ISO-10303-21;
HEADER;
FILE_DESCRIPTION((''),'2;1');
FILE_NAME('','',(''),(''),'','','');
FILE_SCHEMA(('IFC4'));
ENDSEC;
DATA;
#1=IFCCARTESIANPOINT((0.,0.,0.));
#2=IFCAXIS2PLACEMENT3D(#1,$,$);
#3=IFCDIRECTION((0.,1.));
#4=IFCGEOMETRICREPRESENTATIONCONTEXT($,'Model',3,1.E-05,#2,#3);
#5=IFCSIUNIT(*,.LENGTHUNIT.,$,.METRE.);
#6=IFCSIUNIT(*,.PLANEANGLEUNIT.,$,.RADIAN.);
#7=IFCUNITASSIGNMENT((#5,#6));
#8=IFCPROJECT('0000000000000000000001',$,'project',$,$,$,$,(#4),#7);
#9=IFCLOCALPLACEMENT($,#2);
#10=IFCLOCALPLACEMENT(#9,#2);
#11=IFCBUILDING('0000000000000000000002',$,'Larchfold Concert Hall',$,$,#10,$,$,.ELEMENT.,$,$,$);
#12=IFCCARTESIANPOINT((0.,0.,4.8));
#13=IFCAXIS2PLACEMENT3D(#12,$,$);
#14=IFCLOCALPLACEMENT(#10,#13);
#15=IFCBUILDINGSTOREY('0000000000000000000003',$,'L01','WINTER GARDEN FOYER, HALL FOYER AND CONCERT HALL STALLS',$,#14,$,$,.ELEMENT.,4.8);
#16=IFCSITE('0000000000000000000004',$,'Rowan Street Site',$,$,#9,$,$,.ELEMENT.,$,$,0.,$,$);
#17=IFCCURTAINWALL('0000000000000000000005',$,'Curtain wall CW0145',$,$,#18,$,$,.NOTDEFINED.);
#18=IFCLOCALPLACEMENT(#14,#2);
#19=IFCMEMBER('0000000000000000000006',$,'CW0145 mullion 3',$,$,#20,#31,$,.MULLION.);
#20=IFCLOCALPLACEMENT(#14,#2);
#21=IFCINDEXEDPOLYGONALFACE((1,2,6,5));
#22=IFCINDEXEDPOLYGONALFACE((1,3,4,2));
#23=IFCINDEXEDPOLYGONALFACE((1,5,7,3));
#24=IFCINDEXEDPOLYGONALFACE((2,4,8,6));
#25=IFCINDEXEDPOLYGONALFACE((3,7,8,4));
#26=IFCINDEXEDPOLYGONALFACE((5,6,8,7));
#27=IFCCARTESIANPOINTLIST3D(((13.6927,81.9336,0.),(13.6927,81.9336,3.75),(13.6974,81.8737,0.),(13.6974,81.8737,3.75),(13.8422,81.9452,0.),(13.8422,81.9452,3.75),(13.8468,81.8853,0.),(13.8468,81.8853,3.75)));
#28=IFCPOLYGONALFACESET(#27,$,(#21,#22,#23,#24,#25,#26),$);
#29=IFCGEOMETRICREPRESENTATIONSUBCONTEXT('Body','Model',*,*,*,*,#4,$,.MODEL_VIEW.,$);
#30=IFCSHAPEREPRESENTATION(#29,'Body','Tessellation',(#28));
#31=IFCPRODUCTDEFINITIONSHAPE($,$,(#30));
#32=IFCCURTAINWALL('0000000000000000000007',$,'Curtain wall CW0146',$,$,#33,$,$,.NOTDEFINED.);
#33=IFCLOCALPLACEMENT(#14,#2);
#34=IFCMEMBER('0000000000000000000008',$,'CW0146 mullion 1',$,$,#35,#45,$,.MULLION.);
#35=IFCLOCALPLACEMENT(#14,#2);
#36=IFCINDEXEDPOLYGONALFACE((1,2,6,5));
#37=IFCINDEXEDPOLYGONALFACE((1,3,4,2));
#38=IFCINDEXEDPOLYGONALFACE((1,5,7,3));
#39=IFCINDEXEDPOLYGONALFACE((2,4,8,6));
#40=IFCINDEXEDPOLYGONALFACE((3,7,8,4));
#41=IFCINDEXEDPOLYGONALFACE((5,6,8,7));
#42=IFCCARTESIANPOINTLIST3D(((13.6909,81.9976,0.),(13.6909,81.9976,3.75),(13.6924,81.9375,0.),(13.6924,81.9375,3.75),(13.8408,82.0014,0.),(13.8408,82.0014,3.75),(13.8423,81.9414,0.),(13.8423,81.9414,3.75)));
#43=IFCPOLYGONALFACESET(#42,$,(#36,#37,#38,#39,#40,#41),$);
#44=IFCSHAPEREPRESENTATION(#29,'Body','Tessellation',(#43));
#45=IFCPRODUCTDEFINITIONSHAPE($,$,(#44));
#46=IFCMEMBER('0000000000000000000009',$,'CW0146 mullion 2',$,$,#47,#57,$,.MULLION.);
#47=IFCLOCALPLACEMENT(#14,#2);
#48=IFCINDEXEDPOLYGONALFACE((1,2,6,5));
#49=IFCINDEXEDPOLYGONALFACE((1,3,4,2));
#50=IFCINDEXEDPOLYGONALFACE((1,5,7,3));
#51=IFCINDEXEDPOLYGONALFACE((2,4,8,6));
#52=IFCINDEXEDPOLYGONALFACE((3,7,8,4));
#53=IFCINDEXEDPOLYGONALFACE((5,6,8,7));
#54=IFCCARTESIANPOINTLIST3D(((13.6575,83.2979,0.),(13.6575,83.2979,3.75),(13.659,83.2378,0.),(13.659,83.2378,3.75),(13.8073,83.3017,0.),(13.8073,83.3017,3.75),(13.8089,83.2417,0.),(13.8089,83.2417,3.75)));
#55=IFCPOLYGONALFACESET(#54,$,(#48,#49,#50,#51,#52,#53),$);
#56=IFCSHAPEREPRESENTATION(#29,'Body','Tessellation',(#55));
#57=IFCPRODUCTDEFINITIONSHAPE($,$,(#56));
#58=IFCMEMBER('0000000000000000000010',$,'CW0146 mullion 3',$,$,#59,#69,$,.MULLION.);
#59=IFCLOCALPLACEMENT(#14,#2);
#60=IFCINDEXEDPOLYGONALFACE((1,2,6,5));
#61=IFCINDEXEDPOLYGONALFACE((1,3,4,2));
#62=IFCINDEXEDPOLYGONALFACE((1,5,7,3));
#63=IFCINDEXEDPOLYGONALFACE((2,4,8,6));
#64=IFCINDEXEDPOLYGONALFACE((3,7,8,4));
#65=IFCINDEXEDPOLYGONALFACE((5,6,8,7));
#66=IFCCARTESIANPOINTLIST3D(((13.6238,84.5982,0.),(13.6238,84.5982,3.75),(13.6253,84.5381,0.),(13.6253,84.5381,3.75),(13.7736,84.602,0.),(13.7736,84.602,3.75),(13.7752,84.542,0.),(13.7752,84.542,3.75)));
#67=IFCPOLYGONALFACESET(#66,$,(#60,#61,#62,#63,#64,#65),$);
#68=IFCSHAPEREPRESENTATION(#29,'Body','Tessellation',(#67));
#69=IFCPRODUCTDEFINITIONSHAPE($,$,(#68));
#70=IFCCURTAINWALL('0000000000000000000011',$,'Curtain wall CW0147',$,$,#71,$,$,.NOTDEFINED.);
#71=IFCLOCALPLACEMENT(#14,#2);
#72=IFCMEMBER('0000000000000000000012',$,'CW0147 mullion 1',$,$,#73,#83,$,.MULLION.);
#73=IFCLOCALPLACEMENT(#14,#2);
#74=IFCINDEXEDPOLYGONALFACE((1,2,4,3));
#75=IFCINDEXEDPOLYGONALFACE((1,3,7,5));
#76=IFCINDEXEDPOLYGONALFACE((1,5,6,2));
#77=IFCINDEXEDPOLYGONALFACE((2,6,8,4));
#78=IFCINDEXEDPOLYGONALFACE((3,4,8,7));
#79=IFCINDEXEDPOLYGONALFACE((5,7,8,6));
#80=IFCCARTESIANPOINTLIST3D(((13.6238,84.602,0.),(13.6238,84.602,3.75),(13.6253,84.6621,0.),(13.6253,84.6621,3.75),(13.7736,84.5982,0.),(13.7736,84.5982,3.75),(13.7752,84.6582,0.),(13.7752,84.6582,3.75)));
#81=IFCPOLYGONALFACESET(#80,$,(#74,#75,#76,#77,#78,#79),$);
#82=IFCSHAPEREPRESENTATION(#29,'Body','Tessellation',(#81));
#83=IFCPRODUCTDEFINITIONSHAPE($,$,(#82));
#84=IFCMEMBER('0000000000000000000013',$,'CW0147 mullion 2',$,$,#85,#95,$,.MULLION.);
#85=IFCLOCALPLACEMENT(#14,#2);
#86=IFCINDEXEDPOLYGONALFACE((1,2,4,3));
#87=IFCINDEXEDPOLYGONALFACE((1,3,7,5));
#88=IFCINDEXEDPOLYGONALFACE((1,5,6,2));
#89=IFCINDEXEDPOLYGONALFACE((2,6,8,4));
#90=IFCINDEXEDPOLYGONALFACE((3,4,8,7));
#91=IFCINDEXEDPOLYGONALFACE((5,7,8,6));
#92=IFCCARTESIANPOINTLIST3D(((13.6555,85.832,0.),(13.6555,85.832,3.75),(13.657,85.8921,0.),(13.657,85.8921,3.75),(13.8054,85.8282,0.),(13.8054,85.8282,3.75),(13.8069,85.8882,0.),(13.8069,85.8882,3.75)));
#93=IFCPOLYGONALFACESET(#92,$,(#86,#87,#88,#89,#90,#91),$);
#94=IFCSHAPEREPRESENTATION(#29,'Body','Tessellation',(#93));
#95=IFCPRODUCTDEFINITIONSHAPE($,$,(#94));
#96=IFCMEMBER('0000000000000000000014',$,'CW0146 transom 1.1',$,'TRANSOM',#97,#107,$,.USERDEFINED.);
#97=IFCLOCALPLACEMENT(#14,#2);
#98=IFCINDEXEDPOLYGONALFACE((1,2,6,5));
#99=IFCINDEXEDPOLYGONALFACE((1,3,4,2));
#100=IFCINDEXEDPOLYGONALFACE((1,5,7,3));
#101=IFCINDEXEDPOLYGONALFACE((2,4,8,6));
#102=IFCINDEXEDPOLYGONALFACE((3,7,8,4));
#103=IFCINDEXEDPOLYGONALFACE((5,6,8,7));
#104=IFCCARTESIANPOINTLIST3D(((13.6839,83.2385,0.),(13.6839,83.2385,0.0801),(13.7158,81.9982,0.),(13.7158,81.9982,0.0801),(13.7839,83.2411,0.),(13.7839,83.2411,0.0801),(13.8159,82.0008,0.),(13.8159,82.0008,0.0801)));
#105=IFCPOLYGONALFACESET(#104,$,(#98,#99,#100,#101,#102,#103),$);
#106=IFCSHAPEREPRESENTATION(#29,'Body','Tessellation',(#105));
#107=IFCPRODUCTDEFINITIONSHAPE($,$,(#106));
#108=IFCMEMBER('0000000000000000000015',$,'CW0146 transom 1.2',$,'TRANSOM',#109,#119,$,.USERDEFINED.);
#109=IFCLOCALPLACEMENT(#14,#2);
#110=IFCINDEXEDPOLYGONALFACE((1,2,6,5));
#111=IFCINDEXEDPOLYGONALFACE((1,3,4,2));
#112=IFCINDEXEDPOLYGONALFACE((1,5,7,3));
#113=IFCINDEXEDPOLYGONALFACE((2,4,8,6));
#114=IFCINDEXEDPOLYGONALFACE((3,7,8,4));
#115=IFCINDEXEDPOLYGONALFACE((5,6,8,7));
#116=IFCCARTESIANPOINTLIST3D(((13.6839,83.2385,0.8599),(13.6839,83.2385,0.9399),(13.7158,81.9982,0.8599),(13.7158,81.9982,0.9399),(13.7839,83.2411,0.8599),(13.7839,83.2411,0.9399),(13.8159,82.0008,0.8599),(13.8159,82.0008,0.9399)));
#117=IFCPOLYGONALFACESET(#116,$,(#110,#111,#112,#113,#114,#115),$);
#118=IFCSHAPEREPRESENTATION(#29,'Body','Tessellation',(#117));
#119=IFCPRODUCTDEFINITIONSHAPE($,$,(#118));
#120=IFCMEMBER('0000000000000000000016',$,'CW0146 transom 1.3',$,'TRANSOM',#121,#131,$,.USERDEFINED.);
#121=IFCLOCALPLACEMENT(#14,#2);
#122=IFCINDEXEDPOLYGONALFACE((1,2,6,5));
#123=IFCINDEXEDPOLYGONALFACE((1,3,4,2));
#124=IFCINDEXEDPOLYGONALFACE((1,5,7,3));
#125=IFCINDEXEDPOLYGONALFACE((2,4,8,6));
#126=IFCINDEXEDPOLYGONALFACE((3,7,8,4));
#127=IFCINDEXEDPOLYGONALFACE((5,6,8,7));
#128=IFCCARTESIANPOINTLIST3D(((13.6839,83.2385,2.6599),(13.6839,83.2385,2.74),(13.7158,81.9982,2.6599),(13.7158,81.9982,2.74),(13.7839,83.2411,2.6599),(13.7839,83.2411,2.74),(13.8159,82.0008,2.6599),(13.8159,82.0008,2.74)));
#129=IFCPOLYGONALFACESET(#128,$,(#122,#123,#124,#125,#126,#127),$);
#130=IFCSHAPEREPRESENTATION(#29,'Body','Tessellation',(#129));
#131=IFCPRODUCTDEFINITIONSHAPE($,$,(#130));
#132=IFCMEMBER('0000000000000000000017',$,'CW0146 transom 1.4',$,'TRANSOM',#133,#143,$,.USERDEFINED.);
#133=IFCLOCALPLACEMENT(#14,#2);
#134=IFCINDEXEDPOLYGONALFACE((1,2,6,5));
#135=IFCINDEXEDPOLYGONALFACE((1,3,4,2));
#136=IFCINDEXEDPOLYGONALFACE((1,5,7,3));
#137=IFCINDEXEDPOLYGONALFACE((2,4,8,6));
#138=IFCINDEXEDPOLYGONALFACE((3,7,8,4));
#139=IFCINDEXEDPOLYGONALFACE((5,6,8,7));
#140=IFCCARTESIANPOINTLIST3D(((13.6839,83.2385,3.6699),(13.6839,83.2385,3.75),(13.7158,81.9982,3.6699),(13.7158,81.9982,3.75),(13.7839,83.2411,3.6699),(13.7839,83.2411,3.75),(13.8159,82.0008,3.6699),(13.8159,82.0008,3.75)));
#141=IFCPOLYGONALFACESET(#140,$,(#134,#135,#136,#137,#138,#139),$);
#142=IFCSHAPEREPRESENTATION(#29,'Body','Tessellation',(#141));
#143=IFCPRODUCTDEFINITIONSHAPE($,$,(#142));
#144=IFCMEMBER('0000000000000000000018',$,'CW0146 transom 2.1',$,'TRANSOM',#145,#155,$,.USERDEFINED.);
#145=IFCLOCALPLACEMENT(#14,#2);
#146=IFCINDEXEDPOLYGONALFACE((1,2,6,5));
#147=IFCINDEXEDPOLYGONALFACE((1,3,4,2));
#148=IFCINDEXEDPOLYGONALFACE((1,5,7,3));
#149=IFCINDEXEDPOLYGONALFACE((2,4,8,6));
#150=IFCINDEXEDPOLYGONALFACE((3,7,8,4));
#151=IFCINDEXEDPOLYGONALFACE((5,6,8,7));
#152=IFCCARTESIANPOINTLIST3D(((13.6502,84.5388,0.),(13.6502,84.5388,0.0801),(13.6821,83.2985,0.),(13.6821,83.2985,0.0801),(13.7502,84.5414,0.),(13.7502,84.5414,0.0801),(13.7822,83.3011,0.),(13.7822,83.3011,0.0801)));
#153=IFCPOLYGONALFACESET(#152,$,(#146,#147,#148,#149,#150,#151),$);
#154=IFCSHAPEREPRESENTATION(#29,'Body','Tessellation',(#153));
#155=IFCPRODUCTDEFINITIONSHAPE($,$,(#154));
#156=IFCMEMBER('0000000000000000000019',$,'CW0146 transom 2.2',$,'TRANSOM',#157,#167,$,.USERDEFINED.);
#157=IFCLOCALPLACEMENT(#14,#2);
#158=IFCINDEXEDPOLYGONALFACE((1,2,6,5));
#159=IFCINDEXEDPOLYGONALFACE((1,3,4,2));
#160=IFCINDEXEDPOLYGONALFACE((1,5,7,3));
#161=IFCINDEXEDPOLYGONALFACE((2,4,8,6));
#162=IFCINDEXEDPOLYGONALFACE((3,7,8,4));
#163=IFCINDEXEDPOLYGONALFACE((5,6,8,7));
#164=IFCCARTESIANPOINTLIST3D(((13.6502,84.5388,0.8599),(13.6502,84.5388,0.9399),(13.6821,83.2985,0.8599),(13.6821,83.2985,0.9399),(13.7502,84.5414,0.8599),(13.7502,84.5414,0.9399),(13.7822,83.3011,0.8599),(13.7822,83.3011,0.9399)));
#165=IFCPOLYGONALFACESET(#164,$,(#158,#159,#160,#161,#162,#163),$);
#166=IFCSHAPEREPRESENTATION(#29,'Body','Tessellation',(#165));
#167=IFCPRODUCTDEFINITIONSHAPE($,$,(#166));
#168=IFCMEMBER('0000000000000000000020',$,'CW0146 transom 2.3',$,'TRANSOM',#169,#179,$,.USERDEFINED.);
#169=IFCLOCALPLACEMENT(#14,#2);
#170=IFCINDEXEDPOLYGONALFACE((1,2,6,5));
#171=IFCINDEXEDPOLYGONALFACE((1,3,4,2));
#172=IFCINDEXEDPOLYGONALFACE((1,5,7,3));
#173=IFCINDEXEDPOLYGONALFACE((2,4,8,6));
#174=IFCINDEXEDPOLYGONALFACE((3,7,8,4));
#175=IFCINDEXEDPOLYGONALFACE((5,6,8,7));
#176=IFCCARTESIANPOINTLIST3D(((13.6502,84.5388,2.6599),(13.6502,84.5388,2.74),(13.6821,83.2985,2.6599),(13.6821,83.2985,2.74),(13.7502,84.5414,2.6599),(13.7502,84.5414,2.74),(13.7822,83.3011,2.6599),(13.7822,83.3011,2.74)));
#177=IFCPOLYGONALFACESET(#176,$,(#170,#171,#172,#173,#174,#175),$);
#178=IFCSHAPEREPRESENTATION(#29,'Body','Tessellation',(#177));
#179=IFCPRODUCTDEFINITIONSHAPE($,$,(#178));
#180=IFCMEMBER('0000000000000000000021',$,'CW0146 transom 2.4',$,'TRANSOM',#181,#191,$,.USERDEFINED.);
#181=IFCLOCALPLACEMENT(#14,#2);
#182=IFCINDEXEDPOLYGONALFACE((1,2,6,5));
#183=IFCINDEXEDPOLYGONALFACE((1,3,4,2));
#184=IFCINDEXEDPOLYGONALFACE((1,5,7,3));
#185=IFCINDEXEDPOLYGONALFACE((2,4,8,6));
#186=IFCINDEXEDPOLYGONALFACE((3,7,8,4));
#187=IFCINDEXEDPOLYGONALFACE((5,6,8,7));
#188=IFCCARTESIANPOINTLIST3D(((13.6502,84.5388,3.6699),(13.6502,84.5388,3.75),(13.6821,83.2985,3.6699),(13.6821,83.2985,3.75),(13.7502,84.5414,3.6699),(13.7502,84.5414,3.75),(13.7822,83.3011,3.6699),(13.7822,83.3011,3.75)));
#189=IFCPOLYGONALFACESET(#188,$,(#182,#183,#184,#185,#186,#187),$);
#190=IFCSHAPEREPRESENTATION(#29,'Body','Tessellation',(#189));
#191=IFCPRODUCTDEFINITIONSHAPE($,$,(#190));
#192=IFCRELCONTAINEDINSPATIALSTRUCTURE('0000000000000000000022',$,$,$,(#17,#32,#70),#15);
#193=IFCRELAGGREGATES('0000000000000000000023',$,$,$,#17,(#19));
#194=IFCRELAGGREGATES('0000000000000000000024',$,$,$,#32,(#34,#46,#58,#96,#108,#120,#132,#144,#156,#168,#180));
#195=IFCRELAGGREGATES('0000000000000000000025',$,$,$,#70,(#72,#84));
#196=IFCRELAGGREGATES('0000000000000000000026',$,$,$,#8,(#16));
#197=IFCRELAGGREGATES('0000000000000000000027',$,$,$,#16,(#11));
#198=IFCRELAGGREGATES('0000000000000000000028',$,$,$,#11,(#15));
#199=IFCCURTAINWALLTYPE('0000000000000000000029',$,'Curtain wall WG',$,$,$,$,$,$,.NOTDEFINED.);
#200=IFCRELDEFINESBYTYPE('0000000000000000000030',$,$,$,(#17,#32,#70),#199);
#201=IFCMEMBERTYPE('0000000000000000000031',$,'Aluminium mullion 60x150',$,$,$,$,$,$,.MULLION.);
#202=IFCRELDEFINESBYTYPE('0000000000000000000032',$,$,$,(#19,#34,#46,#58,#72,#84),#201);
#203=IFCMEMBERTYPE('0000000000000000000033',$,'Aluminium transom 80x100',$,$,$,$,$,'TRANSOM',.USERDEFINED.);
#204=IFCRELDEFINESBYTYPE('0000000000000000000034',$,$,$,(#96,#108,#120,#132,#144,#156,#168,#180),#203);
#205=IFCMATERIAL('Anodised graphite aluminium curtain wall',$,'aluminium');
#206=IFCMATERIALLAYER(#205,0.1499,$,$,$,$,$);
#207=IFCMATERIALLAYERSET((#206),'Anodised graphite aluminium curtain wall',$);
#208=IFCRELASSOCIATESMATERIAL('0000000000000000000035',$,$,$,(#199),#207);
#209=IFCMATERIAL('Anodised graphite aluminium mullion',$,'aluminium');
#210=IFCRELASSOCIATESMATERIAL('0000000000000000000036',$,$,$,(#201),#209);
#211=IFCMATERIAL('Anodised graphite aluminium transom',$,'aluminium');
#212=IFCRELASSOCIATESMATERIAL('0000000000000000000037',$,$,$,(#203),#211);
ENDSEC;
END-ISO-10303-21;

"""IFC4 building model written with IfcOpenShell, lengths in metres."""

from ifc_helpers import new_model, si_unit, direction, frame, origin, origin_2d, place, context, subcontext, project, spatial, rectangle, extrude, material, layer, layer_set, material_profile, profile_set, type_object, element, aggregate, save


model = new_model("IFC4")

# Units and contexts
model_context = context("Model", 3, precision=1e-05, world=origin(), true_north=direction((0.0, 1.0)))
body_context = subcontext(model_context, "Body", "Model", "MODEL_VIEW")
ifc_project = project(units=[si_unit("LENGTHUNIT", "METRE"), si_unit("PLANEANGLEUNIT", "RADIAN")], contexts=[model_context])

# Site, building, storey
site_placement = place(None, origin())
site = spatial("IfcSite", under=ifc_project, at=site_placement, Name="Rowan Street Site", CompositionType="ELEMENT", RefElevation=0.0)
building_placement = place(site_placement, origin())
building = spatial("IfcBuilding", under=site, at=building_placement, Name="Larchfold Concert Hall", CompositionType="ELEMENT")
storey_placement = place(building_placement, frame((0.0, 0.0, 4.8)))
storey = spatial("IfcBuildingStorey", under=building, at=storey_placement, Name="L01", Description="WINTER GARDEN FOYER, HALL FOYER AND CONCERT HALL STALLS", CompositionType="ELEMENT", Elevation=4.8)

# Curtain wall, member
ifc_material_1 = material(Name="Anodised graphite aluminium curtain wall", Category="aluminium")
ifc_layer_1 = layer(ifc_material_1, 0.1499)
ifc_layer_set_1 = layer_set([ifc_layer_1], Name="Anodised graphite aluminium curtain wall")
curtain_wall_type = type_object("IfcCurtainWallType", Name="Curtain wall WG", PredefinedType="NOTDEFINED", material=ifc_layer_set_1)
curtain_wall_1_placement = place(storey_placement, origin())
curtain_wall_1 = element("IfcCurtainWall", 1, at=curtain_wall_1_placement, inside=storey, type_object=curtain_wall_type, Name="Curtain wall CW0145", PredefinedType="NOTDEFINED")
ifc_material_2 = material(Name="Anodised graphite aluminium mullion", Category="aluminium")
ifc_material_profile_1 = material_profile(ifc_material_2, rectangle(XDim=0.1499, YDim=0.0601, at=origin_2d()))
ifc_profile_set_1 = profile_set([ifc_material_profile_1], Name="Anodised graphite aluminium mullion")
member_type_1 = type_object("IfcMemberType", Name="Aluminium mullion 60x150", PredefinedType="MULLION", material=ifc_profile_set_1)
member_1_placement = place(storey_placement, frame((13.7698, 81.9094, 0.0), z_axis=(0.0, 0.0, 1.0), x_axis=(-0.996989, -0.077548, 0.0)))
member_1 = element("IfcMember", 2, at=member_1_placement, type_object=member_type_1, Name="CW0145 mullion 3", PredefinedType="MULLION", context=body_context, shape_type="SweptSolid", body=[
    extrude(rectangle(XDim=0.1499, YDim=0.0601, at=origin_2d()), origin(), (0.0, 0.0, 1.0), 3.75),
])

# Curtain walls, members
curtain_wall_2_placement = place(storey_placement, origin())
curtain_wall_2 = element("IfcCurtainWall", 3, at=curtain_wall_2_placement, inside=storey, type_object=curtain_wall_type, Name="Curtain wall CW0146", PredefinedType="NOTDEFINED")
member_2_placement = place(storey_placement, frame((13.7666, 81.9695, 0.0), z_axis=(0.0, 0.0, 1.0), x_axis=(-0.999668, -0.025776, 0.0)))
member_2 = element("IfcMember", 4, at=member_2_placement, type_object=member_type_1, Name="CW0146 mullion 1", PredefinedType="MULLION", context=body_context, shape_type="SweptSolid", body=[
    extrude(rectangle(XDim=0.1499, YDim=0.0601, at=origin_2d()), origin(), (0.0, 0.0, 1.0), 3.75),
])
member_3_placement = place(storey_placement, frame((13.7332, 83.2698, 0.0), z_axis=(0.0, 0.0, 1.0), x_axis=(-0.999668, -0.025776, 0.0)))
member_3 = element("IfcMember", 5, at=member_3_placement, type_object=member_type_1, Name="CW0146 mullion 2", PredefinedType="MULLION", context=body_context, shape_type="SweptSolid", body=[
    extrude(rectangle(XDim=0.1499, YDim=0.0601, at=origin_2d()), origin(), (0.0, 0.0, 1.0), 3.75),
])
member_4_placement = place(storey_placement, frame((13.6995, 84.5701, 0.0), z_axis=(0.0, 0.0, 1.0), x_axis=(-0.999668, -0.025776, 0.0)))
member_4 = element("IfcMember", 6, at=member_4_placement, type_object=member_type_1, Name="CW0146 mullion 3", PredefinedType="MULLION", context=body_context, shape_type="SweptSolid", body=[
    extrude(rectangle(XDim=0.1499, YDim=0.0601, at=origin_2d()), origin(), (0.0, 0.0, 1.0), 3.75),
])
curtain_wall_3_placement = place(storey_placement, origin())
curtain_wall_3 = element("IfcCurtainWall", 7, at=curtain_wall_3_placement, inside=storey, type_object=curtain_wall_type, Name="Curtain wall CW0147", PredefinedType="NOTDEFINED")
member_5_placement = place(storey_placement, frame((13.6995, 84.6301, 0.0), z_axis=(0.0, 0.0, 1.0), x_axis=(-0.999668, 0.025762, 0.0)))
member_5 = element("IfcMember", 8, at=member_5_placement, type_object=member_type_1, Name="CW0147 mullion 1", PredefinedType="MULLION", context=body_context, shape_type="SweptSolid", body=[
    extrude(rectangle(XDim=0.1499, YDim=0.0601, at=origin_2d()), origin(), (0.0, 0.0, 1.0), 3.75),
])
member_6_placement = place(storey_placement, frame((13.7312, 85.8601, 0.0), z_axis=(0.0, 0.0, 1.0), x_axis=(-0.999668, 0.025762, 0.0)))
member_6 = element("IfcMember", 9, at=member_6_placement, type_object=member_type_1, Name="CW0147 mullion 2", PredefinedType="MULLION", context=body_context, shape_type="SweptSolid", body=[
    extrude(rectangle(XDim=0.1499, YDim=0.0601, at=origin_2d()), origin(), (0.0, 0.0, 1.0), 3.75),
])

# Members
ifc_material_3 = material(Name="Anodised graphite aluminium transom", Category="aluminium")
ifc_material_profile_2 = material_profile(ifc_material_3, rectangle(XDim=0.1001, YDim=0.0801, at=origin_2d()))
ifc_profile_set_2 = profile_set([ifc_material_profile_2], Name="Anodised graphite aluminium transom")
member_type_2 = type_object("IfcMemberType", Name="Aluminium transom 80x100", ElementType="TRANSOM", PredefinedType="USERDEFINED", material=ifc_profile_set_2)
member_7_placement = place(storey_placement, frame((13.7659, 81.9995, 0.04), z_axis=(-0.025779, 0.999668, 0.0), x_axis=(-0.999668, -0.025779, 0.0)))
member_7 = element("IfcMember", 10, at=member_7_placement, type_object=member_type_2, Name="CW0146 transom 1.1", ObjectType="TRANSOM", PredefinedType="USERDEFINED", context=body_context, shape_type="SweptSolid", body=[
    extrude(rectangle(XDim=0.1001, YDim=0.0801, at=origin_2d()), origin(), (0.0, 0.0, 1.0), 1.2407),
])
member_8_placement = place(storey_placement, frame((13.7659, 81.9995, 0.8999), z_axis=(-0.025779, 0.999668, 0.0), x_axis=(-0.999668, -0.025779, 0.0)))
member_8 = element("IfcMember", 11, at=member_8_placement, type_object=member_type_2, Name="CW0146 transom 1.2", ObjectType="TRANSOM", PredefinedType="USERDEFINED", context=body_context, shape_type="SweptSolid", body=[
    extrude(rectangle(XDim=0.1001, YDim=0.0801, at=origin_2d()), origin(), (0.0, 0.0, 1.0), 1.2407),
])
member_9_placement = place(storey_placement, frame((13.7659, 81.9995, 2.7), z_axis=(-0.025779, 0.999668, 0.0), x_axis=(-0.999668, -0.025779, 0.0)))
member_9 = element("IfcMember", 12, at=member_9_placement, type_object=member_type_2, Name="CW0146 transom 1.3", ObjectType="TRANSOM", PredefinedType="USERDEFINED", context=body_context, shape_type="SweptSolid", body=[
    extrude(rectangle(XDim=0.1001, YDim=0.0801, at=origin_2d()), origin(), (0.0, 0.0, 1.0), 1.2407),
])
member_10_placement = place(storey_placement, frame((13.7659, 81.9995, 3.71), z_axis=(-0.025779, 0.999668, 0.0), x_axis=(-0.999668, -0.025779, 0.0)))
member_10 = element("IfcMember", 13, at=member_10_placement, type_object=member_type_2, Name="CW0146 transom 1.4", ObjectType="TRANSOM", PredefinedType="USERDEFINED", context=body_context, shape_type="SweptSolid", body=[
    extrude(rectangle(XDim=0.1001, YDim=0.0801, at=origin_2d()), origin(), (0.0, 0.0, 1.0), 1.2407),
])
member_11_placement = place(storey_placement, frame((13.7322, 83.2998, 0.04), z_axis=(-0.025779, 0.999668, 0.0), x_axis=(-0.999668, -0.025779, 0.0)))
member_11 = element("IfcMember", 14, at=member_11_placement, type_object=member_type_2, Name="CW0146 transom 2.1", ObjectType="TRANSOM", PredefinedType="USERDEFINED", context=body_context, shape_type="SweptSolid", body=[
    extrude(rectangle(XDim=0.1001, YDim=0.0801, at=origin_2d()), origin(), (0.0, 0.0, 1.0), 1.2407),
])
member_12_placement = place(storey_placement, frame((13.7322, 83.2998, 0.8999), z_axis=(-0.025779, 0.999668, 0.0), x_axis=(-0.999668, -0.025779, 0.0)))
member_12 = element("IfcMember", 15, at=member_12_placement, type_object=member_type_2, Name="CW0146 transom 2.2", ObjectType="TRANSOM", PredefinedType="USERDEFINED", context=body_context, shape_type="SweptSolid", body=[
    extrude(rectangle(XDim=0.1001, YDim=0.0801, at=origin_2d()), origin(), (0.0, 0.0, 1.0), 1.2407),
])
member_13_placement = place(storey_placement, frame((13.7322, 83.2998, 2.7), z_axis=(-0.025779, 0.999668, 0.0), x_axis=(-0.999668, -0.025779, 0.0)))
member_13 = element("IfcMember", 16, at=member_13_placement, type_object=member_type_2, Name="CW0146 transom 2.3", ObjectType="TRANSOM", PredefinedType="USERDEFINED", context=body_context, shape_type="SweptSolid", body=[
    extrude(rectangle(XDim=0.1001, YDim=0.0801, at=origin_2d()), origin(), (0.0, 0.0, 1.0), 1.2407),
])
member_14_placement = place(storey_placement, frame((13.7322, 83.2998, 3.71), z_axis=(-0.025779, 0.999668, 0.0), x_axis=(-0.999668, -0.025779, 0.0)))
member_14 = element("IfcMember", 17, at=member_14_placement, type_object=member_type_2, Name="CW0146 transom 2.4", ObjectType="TRANSOM", PredefinedType="USERDEFINED", context=body_context, shape_type="SweptSolid", body=[
    extrude(rectangle(XDim=0.1001, YDim=0.0801, at=origin_2d()), origin(), (0.0, 0.0, 1.0), 1.2407),
])

aggregate(curtain_wall_1, [member_1])
aggregate(curtain_wall_2, [member_2, member_3, member_4, member_7, member_8, member_9, member_10, member_11, member_12, member_13, member_14])
aggregate(curtain_wall_3, [member_5, member_6])

save(model, "model.ifc")
